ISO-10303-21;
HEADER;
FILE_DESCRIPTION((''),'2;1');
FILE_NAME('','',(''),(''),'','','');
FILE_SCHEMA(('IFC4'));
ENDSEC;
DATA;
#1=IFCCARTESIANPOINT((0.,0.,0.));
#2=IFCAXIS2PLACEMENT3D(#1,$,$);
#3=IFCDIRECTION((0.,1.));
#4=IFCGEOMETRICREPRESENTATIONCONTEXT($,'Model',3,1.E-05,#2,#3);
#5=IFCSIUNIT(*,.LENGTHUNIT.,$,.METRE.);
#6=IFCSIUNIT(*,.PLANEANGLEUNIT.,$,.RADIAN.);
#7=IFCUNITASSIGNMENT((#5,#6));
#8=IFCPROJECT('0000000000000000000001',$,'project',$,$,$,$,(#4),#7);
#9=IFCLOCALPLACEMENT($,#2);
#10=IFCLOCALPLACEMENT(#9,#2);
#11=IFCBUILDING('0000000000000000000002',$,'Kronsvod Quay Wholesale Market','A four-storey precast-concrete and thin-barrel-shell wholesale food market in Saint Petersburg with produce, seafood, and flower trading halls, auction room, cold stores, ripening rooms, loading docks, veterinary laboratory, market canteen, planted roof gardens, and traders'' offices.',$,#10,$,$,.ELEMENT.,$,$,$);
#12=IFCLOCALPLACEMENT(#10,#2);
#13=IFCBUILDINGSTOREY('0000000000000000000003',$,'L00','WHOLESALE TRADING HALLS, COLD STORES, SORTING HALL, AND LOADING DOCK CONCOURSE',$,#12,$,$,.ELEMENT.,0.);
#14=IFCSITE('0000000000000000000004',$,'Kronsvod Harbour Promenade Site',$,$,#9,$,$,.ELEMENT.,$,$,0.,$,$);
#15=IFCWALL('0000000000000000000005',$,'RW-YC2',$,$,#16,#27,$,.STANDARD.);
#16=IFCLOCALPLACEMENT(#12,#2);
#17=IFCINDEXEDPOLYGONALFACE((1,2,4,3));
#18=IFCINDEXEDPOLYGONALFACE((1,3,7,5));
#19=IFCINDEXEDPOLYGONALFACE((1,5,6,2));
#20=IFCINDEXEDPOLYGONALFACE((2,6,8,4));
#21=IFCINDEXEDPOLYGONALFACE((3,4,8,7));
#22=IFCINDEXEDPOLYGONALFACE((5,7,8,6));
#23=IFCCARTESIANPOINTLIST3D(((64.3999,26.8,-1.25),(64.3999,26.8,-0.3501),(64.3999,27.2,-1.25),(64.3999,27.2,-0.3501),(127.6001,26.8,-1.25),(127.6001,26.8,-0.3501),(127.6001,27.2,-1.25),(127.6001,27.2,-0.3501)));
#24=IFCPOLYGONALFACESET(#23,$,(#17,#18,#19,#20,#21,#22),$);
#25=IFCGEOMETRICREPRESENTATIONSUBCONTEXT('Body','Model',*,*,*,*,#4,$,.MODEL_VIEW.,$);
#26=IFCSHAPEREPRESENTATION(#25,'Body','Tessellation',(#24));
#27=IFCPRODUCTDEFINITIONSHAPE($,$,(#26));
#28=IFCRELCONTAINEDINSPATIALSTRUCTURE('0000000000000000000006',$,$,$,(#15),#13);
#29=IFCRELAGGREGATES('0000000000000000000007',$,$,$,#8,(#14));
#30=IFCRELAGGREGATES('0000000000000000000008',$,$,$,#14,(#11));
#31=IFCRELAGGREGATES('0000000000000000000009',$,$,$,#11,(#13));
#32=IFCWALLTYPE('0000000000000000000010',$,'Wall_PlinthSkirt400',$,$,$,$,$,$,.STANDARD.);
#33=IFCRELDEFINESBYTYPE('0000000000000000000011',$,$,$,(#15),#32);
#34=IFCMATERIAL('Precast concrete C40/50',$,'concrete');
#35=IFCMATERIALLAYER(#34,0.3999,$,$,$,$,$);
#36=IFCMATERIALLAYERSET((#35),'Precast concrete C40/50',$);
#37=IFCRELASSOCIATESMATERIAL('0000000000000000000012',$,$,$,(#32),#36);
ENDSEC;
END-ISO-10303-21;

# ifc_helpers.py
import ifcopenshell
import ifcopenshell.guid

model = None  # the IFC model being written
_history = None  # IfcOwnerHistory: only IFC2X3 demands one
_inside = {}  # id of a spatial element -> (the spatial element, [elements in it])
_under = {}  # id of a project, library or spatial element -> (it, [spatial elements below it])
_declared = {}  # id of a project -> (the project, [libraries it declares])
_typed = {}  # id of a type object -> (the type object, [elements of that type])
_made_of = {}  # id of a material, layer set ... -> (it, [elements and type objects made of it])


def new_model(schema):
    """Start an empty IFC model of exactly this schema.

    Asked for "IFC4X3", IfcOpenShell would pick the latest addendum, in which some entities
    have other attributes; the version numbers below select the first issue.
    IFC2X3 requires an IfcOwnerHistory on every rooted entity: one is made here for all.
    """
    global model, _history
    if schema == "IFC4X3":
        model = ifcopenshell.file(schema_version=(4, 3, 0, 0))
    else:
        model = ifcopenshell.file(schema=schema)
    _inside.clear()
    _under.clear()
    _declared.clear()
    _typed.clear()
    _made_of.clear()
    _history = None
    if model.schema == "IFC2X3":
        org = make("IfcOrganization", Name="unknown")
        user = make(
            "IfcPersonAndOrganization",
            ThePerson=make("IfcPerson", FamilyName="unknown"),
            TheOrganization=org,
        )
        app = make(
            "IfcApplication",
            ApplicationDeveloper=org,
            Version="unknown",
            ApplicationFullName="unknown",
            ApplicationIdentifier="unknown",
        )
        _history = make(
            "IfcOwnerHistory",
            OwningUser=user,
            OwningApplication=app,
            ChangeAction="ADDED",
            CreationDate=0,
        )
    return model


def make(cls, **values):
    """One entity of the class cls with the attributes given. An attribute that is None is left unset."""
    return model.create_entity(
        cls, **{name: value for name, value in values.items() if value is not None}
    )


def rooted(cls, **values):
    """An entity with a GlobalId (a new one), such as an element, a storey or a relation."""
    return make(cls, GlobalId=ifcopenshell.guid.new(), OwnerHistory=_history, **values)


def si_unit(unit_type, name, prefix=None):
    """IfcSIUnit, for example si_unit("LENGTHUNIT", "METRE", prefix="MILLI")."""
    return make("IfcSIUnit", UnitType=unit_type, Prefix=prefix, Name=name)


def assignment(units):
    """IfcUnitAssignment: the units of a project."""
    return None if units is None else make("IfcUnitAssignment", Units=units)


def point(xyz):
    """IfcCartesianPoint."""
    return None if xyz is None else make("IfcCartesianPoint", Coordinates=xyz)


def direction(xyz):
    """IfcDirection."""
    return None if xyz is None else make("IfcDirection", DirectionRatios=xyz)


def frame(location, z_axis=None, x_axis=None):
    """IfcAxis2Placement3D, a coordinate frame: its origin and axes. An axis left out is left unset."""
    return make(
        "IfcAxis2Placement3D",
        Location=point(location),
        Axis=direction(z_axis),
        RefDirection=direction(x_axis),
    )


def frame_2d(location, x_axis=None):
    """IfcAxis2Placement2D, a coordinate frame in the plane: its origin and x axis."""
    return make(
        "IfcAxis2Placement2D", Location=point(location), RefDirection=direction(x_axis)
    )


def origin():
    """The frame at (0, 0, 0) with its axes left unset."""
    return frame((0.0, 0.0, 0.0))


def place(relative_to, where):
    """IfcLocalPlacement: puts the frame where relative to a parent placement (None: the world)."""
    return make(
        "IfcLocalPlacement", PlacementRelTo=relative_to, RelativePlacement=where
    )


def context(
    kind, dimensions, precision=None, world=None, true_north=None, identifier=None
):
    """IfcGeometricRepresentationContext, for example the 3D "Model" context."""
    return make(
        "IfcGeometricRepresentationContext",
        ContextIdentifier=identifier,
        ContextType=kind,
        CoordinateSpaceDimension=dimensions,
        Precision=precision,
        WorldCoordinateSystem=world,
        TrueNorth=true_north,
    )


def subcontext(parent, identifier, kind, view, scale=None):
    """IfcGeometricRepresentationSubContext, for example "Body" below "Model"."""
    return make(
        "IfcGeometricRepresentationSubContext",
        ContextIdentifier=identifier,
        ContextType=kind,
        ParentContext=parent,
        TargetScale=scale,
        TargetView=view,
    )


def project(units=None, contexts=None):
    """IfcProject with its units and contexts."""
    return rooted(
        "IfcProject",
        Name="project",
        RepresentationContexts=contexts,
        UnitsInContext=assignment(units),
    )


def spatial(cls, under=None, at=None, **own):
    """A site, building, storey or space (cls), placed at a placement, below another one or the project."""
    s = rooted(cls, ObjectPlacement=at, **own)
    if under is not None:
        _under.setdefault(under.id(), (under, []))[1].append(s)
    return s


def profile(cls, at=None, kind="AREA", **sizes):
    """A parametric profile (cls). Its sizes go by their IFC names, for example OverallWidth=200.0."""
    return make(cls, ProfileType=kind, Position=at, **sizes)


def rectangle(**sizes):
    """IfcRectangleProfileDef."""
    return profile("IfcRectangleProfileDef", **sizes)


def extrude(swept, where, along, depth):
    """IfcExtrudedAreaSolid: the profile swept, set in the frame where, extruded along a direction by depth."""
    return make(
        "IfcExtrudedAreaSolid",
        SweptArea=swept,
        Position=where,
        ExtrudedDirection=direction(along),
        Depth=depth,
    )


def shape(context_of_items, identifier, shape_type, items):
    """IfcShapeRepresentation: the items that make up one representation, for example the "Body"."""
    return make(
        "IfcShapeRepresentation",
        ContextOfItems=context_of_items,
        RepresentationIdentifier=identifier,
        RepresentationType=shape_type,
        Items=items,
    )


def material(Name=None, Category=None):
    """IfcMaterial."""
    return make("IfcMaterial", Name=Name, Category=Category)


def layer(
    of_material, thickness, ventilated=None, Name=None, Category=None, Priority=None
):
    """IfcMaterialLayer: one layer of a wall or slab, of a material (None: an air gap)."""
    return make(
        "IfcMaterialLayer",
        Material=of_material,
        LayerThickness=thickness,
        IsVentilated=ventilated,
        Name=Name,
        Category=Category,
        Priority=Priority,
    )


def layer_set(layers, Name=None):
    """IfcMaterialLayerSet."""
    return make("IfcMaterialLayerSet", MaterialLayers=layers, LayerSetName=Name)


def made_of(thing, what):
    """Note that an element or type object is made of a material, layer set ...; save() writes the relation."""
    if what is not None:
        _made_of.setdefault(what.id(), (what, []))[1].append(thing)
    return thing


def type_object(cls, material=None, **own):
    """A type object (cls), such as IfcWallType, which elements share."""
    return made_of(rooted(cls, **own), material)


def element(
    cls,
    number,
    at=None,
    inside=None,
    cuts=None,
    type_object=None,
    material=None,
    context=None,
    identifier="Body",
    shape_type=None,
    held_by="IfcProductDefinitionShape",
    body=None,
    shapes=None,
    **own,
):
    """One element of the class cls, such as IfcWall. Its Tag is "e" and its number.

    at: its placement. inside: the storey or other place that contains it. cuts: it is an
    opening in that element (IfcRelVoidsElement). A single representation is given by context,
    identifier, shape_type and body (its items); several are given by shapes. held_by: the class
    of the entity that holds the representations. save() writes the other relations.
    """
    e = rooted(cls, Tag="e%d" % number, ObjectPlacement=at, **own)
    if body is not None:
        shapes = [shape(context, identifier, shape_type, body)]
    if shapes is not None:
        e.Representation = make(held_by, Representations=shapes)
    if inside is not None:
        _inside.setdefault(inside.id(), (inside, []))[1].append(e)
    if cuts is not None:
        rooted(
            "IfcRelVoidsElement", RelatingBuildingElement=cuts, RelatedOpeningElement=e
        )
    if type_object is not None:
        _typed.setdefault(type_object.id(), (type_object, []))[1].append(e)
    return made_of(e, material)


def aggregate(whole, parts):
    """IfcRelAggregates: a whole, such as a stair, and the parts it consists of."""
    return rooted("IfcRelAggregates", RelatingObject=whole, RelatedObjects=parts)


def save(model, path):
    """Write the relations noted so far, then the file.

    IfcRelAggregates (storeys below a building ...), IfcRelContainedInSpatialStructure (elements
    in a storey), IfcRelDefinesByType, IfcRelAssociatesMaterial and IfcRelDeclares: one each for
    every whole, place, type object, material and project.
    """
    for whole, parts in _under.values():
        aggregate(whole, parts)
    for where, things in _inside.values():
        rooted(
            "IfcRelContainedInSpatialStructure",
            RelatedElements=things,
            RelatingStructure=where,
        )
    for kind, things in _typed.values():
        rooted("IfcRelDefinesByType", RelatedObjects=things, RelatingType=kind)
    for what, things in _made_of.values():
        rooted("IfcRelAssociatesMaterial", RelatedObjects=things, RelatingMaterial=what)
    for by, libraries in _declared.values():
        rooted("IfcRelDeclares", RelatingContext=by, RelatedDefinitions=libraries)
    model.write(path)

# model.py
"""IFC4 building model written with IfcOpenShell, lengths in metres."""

from ifc_helpers import new_model, si_unit, direction, frame, frame_2d, origin, place, context, subcontext, project, spatial, rectangle, extrude, material, layer, layer_set, type_object, element, save


model = new_model("IFC4")

# Units and contexts
model_context = context("Model", 3, precision=1e-05, world=origin(), true_north=direction((0.0, 1.0)))
body_context = subcontext(model_context, "Body", "Model", "MODEL_VIEW")
ifc_project = project(units=[si_unit("LENGTHUNIT", "METRE"), si_unit("PLANEANGLEUNIT", "RADIAN")], contexts=[model_context])

# Site, building, storey
site_placement = place(None, origin())
site = spatial("IfcSite", under=ifc_project, at=site_placement, Name="Kronsvod Harbour Promenade Site", CompositionType="ELEMENT", RefElevation=0.0)
building_placement = place(site_placement, origin())
building = spatial("IfcBuilding", under=site, at=building_placement, Name="Kronsvod Quay Wholesale Market", Description="A four-storey precast-concrete and thin-barrel-shell wholesale food market in Saint Petersburg with produce, seafood, and flower trading halls, auction room, cold stores, ripening rooms, loading docks, veterinary laboratory, market canteen, planted roof gardens, and traders' offices.", CompositionType="ELEMENT")
storey_placement = place(building_placement, origin())
storey = spatial("IfcBuildingStorey", under=building, at=storey_placement, Name="L00", Description="WHOLESALE TRADING HALLS, COLD STORES, SORTING HALL, AND LOADING DOCK CONCOURSE", CompositionType="ELEMENT", Elevation=0.0)

# Wall
ifc_material_1 = material(Name="Precast concrete C40/50", Category="concrete")
ifc_layer_1 = layer(ifc_material_1, 0.3999)
ifc_layer_set_1 = layer_set([ifc_layer_1], Name="Precast concrete C40/50")
wall_type_1 = type_object("IfcWallType", Name="Wall_PlinthSkirt400", PredefinedType="STANDARD", material=ifc_layer_set_1)
wall_1_placement = place(storey_placement, frame((64.3999, 27.0, -1.25), z_axis=(0.0, 0.0, 1.0), x_axis=(1.0, 0.0, 0.0)))
element("IfcWall", 1, at=wall_1_placement, inside=storey, type_object=wall_type_1, Name="RW-YC2", PredefinedType="STANDARD", context=body_context, shape_type="SweptSolid", body=[
    extrude(rectangle(XDim=63.2002, YDim=0.3999, at=frame_2d((31.6001, 0.0))), origin(), (0.0, 0.0, 1.0), 0.8999),
])

save(model, "model.ifc")
